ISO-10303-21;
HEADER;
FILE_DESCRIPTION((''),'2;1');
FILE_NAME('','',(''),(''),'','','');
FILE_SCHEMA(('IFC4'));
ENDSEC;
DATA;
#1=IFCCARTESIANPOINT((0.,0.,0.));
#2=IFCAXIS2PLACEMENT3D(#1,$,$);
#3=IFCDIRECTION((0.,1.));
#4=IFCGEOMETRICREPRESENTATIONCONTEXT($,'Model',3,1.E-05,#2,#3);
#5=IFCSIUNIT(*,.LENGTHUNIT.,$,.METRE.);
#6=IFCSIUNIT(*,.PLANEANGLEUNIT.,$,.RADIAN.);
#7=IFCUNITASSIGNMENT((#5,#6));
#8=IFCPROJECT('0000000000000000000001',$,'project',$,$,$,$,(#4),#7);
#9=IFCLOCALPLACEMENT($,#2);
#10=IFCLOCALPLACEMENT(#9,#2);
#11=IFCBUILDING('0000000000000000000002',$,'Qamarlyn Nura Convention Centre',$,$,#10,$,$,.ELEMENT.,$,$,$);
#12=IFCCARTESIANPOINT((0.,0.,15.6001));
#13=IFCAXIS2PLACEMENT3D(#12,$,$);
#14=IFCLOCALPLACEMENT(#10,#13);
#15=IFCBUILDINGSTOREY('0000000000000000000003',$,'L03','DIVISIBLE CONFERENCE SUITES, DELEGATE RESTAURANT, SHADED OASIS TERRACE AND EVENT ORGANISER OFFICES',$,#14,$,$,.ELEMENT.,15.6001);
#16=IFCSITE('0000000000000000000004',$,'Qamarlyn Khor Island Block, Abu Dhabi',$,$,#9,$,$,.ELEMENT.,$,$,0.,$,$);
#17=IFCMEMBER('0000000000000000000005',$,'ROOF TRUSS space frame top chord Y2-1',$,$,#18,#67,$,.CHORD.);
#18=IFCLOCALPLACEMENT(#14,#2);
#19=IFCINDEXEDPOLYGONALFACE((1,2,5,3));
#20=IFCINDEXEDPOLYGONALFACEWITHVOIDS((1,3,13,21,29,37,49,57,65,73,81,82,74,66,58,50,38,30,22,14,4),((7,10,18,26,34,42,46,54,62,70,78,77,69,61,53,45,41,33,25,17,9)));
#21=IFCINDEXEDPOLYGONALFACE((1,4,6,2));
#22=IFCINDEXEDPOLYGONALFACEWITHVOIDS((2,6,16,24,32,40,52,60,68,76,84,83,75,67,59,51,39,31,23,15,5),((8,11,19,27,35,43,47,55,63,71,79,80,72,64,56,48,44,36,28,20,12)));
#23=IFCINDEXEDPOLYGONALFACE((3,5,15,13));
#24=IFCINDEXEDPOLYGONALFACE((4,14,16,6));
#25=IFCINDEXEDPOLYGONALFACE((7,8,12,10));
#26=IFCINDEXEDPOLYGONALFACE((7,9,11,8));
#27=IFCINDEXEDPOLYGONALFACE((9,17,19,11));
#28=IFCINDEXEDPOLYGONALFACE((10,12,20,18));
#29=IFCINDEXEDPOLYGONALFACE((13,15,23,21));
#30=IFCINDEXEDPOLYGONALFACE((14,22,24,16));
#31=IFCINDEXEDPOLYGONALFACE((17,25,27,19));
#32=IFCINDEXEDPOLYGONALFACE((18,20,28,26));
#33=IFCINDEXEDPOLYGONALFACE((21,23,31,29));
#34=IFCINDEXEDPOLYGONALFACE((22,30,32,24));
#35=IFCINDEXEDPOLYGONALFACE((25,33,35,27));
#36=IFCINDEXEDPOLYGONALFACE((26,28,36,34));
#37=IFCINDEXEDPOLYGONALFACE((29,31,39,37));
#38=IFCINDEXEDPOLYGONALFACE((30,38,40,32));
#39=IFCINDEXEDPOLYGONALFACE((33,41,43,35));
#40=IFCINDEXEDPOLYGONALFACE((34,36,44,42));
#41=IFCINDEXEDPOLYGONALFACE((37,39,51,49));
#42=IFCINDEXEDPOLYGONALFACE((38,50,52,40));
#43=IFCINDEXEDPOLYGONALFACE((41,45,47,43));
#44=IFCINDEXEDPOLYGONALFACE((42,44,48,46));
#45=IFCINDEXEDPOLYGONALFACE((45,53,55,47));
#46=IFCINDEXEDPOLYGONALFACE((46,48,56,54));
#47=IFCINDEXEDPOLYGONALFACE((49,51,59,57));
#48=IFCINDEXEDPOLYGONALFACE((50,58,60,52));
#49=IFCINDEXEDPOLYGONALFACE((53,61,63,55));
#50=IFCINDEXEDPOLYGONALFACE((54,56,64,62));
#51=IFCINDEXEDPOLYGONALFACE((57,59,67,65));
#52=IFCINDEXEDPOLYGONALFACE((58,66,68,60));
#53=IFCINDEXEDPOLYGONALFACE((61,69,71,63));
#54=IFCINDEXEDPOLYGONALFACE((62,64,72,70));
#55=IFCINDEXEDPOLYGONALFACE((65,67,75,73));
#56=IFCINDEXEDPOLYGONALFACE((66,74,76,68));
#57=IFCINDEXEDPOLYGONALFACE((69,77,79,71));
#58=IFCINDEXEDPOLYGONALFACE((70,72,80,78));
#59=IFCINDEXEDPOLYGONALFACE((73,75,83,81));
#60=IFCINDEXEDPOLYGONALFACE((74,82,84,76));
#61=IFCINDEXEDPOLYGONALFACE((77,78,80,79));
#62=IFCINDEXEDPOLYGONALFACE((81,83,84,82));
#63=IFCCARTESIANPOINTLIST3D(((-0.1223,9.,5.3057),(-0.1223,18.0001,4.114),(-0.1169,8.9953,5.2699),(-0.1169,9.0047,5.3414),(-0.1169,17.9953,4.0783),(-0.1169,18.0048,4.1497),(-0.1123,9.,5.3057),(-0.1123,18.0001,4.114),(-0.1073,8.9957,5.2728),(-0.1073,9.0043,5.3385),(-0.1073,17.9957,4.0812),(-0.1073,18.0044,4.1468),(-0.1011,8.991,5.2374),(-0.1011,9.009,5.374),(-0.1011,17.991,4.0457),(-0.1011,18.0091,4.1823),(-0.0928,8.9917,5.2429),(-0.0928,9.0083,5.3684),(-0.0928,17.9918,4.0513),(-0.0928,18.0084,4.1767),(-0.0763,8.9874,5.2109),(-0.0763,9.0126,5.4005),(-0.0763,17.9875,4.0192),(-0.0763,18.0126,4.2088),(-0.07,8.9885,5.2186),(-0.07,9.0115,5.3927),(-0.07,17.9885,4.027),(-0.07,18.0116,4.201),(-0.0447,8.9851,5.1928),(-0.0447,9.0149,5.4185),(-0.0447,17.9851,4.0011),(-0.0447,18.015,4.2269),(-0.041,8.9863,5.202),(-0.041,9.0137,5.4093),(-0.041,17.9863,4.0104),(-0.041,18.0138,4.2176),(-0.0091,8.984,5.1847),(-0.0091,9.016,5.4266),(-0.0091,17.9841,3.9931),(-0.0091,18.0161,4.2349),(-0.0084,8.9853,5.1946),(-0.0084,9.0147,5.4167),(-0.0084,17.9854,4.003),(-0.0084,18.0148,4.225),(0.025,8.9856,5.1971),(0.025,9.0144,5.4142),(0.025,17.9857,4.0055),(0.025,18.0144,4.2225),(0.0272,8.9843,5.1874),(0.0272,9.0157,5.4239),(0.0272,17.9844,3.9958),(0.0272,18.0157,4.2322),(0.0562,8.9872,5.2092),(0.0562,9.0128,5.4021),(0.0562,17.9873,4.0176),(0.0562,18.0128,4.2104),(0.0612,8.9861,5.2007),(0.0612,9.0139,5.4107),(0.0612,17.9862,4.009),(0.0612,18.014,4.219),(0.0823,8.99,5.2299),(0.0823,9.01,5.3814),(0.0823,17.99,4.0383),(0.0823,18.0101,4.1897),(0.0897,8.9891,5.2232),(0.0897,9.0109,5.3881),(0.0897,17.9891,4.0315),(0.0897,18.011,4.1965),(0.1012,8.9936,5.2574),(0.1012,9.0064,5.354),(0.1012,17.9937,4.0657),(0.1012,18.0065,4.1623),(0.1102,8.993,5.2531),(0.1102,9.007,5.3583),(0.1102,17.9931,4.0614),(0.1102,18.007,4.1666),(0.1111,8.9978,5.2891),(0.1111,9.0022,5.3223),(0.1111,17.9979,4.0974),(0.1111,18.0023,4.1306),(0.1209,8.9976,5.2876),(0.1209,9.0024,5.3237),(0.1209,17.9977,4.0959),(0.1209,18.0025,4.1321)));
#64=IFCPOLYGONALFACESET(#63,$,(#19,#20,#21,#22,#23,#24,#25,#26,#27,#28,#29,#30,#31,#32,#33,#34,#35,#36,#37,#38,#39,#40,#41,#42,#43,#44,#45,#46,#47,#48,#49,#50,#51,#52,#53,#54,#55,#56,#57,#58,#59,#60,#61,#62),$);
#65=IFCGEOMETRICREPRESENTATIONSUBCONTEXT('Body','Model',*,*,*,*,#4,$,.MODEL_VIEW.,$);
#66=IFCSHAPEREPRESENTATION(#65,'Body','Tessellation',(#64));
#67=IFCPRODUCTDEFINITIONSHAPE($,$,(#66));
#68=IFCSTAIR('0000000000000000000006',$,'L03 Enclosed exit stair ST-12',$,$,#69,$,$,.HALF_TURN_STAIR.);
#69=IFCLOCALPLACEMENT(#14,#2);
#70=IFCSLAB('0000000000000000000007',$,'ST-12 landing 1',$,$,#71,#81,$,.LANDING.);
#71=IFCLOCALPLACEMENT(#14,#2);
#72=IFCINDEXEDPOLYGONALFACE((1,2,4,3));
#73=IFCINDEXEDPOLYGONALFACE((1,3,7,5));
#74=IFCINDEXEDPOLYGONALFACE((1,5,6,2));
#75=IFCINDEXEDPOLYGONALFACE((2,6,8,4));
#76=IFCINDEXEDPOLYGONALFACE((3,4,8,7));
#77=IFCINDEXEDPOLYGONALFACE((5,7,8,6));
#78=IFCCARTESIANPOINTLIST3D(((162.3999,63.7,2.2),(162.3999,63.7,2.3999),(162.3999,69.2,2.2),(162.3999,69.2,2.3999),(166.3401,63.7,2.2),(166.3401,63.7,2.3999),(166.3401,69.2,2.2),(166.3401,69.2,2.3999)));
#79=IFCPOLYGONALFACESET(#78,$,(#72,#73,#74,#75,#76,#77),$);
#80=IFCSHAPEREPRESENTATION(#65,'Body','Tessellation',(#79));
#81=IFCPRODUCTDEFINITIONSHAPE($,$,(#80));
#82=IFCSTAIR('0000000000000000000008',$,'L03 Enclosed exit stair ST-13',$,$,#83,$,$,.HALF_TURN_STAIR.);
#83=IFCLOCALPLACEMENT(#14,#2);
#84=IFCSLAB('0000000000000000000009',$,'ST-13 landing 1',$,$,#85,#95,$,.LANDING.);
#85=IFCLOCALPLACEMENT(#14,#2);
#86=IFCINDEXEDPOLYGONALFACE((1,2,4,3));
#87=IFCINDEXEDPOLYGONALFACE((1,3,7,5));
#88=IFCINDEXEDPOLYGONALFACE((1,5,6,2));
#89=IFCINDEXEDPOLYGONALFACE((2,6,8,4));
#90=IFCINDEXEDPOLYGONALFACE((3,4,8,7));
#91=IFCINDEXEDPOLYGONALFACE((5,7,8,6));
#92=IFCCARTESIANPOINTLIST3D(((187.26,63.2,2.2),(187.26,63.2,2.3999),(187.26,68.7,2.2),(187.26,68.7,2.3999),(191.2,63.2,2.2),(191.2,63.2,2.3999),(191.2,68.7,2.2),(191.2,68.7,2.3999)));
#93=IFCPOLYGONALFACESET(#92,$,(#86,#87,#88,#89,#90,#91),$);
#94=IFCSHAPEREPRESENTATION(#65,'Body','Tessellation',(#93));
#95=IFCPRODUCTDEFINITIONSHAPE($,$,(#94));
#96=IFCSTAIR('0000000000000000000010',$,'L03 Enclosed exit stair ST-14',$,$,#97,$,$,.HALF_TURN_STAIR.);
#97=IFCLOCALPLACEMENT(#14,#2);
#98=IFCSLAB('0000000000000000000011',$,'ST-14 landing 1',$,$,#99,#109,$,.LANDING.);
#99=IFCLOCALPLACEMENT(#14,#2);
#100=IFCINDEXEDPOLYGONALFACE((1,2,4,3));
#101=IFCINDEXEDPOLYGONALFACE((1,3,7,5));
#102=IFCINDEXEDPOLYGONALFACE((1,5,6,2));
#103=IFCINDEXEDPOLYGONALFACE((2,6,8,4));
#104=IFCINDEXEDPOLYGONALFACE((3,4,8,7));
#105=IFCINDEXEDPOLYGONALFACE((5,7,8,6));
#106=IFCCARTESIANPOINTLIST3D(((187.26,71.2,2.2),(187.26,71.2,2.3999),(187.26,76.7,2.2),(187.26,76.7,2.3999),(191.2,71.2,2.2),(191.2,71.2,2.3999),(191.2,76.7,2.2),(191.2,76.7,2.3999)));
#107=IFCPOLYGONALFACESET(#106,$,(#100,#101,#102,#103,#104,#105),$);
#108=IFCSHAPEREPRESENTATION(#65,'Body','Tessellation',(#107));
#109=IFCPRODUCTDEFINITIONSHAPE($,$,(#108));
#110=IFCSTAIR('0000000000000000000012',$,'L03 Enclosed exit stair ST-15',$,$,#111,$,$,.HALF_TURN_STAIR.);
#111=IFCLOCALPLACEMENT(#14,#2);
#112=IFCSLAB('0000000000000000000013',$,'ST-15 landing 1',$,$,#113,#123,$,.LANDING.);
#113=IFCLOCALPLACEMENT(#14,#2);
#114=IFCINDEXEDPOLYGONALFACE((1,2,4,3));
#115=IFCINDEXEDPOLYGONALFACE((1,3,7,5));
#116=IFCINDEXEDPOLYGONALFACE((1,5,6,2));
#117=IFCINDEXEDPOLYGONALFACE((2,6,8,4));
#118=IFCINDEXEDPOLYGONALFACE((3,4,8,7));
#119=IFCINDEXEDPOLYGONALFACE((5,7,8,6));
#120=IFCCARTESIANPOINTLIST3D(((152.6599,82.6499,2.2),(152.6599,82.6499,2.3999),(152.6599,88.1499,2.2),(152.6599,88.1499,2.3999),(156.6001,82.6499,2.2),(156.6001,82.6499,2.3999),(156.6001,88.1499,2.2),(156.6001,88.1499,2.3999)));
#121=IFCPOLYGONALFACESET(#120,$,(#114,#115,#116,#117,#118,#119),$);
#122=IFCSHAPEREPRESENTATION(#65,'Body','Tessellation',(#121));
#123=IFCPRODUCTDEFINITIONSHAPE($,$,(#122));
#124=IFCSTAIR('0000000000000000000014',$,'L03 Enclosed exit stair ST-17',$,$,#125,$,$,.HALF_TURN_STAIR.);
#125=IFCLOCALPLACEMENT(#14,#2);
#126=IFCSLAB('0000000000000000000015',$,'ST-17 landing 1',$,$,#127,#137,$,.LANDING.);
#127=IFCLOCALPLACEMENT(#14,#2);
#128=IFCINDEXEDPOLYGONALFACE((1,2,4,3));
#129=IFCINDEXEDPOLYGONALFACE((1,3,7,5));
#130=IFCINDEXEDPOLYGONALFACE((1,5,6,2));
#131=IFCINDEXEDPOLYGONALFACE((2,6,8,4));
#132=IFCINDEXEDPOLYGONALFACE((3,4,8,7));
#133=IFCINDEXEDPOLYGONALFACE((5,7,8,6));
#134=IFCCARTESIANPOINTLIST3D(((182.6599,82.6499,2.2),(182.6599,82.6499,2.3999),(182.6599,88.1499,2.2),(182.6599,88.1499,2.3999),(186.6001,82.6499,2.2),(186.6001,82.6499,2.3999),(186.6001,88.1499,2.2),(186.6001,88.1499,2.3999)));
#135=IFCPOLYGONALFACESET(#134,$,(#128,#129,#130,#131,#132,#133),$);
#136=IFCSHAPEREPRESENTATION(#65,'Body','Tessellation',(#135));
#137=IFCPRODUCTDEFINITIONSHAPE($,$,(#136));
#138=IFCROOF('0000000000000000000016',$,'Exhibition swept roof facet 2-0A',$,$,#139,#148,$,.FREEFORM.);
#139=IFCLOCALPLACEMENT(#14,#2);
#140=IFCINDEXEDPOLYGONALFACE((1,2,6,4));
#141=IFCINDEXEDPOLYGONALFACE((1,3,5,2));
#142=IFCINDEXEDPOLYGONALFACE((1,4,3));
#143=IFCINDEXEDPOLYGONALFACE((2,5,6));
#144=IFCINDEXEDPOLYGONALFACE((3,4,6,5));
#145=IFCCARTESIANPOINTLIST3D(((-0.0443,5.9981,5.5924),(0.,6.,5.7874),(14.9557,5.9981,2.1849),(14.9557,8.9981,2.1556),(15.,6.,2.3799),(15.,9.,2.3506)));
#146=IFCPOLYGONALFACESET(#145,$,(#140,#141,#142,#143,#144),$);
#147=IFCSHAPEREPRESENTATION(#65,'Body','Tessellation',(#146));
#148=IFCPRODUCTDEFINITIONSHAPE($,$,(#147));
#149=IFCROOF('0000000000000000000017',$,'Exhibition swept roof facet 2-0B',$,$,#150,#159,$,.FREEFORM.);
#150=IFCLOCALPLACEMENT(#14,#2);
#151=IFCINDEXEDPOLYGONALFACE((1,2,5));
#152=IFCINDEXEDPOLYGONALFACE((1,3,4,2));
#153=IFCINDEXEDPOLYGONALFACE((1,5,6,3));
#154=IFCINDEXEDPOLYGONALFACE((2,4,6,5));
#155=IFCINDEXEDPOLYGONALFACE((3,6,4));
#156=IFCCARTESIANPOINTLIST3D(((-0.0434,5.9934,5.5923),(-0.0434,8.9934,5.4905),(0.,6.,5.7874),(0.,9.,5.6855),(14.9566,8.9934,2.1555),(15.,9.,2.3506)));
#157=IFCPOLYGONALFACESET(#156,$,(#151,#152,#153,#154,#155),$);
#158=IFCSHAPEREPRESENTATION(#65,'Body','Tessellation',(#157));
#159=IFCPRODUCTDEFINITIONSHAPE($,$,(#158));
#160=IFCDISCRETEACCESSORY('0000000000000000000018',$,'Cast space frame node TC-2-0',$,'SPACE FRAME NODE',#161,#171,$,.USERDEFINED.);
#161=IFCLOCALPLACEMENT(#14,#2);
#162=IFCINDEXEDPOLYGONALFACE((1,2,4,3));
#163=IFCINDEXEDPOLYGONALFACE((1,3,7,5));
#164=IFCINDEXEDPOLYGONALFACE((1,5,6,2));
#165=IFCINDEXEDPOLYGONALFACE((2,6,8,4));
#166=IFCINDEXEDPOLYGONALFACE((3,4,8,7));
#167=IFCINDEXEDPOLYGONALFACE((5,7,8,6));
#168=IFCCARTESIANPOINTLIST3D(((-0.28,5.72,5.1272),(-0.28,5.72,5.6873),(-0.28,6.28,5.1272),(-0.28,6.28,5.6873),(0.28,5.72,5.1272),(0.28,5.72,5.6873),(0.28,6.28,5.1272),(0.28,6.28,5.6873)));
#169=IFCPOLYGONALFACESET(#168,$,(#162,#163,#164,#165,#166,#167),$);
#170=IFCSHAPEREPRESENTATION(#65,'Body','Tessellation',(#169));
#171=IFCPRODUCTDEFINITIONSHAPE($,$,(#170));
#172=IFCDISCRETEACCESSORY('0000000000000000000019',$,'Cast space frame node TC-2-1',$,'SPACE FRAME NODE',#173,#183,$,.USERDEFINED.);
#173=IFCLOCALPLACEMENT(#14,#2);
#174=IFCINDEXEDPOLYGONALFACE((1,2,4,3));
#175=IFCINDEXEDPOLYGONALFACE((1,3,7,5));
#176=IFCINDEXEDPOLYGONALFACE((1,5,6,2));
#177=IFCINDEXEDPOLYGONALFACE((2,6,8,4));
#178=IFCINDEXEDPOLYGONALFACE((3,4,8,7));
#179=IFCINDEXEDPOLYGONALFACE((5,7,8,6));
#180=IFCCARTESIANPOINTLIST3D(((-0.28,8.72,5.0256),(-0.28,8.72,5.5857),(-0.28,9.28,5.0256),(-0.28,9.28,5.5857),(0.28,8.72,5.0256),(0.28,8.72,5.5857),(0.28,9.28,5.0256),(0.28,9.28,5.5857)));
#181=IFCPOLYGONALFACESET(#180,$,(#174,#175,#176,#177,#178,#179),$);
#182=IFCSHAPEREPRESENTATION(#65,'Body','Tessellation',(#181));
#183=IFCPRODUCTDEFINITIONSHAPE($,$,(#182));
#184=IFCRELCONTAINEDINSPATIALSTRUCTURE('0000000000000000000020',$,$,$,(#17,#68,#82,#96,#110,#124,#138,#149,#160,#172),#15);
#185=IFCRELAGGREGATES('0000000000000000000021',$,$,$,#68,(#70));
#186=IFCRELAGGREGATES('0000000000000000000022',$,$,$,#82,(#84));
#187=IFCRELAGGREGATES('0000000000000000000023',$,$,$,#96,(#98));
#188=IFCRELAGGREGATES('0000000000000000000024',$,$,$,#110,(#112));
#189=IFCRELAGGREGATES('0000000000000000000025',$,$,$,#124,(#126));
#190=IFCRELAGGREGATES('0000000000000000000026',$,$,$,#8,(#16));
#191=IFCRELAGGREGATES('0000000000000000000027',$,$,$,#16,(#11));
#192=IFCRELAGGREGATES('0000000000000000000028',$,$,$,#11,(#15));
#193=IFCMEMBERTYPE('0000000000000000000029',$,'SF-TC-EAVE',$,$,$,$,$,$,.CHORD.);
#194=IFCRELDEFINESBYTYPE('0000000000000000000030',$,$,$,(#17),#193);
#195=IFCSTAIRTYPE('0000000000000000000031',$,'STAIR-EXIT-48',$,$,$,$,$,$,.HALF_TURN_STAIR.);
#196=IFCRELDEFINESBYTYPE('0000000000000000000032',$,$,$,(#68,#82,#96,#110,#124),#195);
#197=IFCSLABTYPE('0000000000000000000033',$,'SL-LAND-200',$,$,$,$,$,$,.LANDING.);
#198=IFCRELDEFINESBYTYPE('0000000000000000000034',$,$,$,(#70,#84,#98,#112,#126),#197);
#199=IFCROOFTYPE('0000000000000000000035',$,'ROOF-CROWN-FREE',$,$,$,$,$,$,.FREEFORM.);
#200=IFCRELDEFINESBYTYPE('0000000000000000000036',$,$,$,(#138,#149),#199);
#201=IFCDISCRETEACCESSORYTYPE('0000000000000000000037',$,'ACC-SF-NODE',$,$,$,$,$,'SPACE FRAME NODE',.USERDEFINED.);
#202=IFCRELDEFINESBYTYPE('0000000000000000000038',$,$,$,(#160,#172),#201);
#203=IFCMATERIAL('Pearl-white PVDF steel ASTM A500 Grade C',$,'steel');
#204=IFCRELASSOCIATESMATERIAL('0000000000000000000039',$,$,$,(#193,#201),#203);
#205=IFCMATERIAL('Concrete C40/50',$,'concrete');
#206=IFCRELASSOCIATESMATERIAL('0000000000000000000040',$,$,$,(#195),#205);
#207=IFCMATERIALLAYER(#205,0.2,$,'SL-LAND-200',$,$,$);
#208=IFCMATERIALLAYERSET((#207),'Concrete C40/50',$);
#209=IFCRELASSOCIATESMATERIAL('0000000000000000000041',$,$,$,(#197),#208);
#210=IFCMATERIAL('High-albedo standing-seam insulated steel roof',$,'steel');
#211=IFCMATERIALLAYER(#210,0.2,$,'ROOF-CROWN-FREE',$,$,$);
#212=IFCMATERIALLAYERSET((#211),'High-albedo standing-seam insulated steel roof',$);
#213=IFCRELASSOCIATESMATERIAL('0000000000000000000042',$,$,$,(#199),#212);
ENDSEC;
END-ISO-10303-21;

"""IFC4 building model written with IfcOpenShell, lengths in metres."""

from ifc_helpers import new_model, si_unit, direction, frame, origin, origin_2d, place, context, subcontext, project, spatial, polyline, rectangle, hollow_circle, outline, extrude, material, layer, layer_set, material_profile, profile_set, type_object, element, aggregate, save


model = new_model("IFC4")

# Units and contexts
model_context = context("Model", 3, precision=1e-05, world=origin(), true_north=direction((0.0, 1.0)))
body_context = subcontext(model_context, "Body", "Model", "MODEL_VIEW")
ifc_project = project(units=[si_unit("LENGTHUNIT", "METRE"), si_unit("PLANEANGLEUNIT", "RADIAN")], contexts=[model_context])

# Site, building, storey
site_placement = place(None, origin())
site = spatial("IfcSite", under=ifc_project, at=site_placement, Name="Qamarlyn Khor Island Block, Abu Dhabi", CompositionType="ELEMENT", RefElevation=0.0)
building_placement = place(site_placement, origin())
building = spatial("IfcBuilding", under=site, at=building_placement, Name="Qamarlyn Nura Convention Centre", CompositionType="ELEMENT")
storey_placement = place(building_placement, frame((0.0, 0.0, 15.6001)))
storey = spatial("IfcBuildingStorey", under=building, at=storey_placement, Name="L03", Description="DIVISIBLE CONFERENCE SUITES, DELEGATE RESTAURANT, SHADED OASIS TERRACE AND EVENT ORGANISER OFFICES", CompositionType="ELEMENT", Elevation=15.6001)

# Member
ifc_material_1 = material(Name="Pearl-white PVDF steel ASTM A500 Grade C", Category="steel")
ifc_material_profile = material_profile(ifc_material_1, hollow_circle(Radius=0.1223, WallThickness=0.01, at=origin_2d()), Name="CHS244.5X10")
ifc_profile_set = profile_set([ifc_material_profile], Name="Pearl-white PVDF steel ASTM A500 Grade C")
member_type = type_object("IfcMemberType", Name="SF-TC-EAVE", PredefinedType="CHORD", material=ifc_profile_set)
member_1_placement = place(storey_placement, frame((0.0, 9.0, 5.3057), z_axis=(0.0, 0.991348, -0.13126), x_axis=(-1.0, 0.0, 0.0)))
element("IfcMember", 1, at=member_1_placement, inside=storey, type_object=member_type, Name="ROOF TRUSS space frame top chord Y2-1", PredefinedType="CHORD", context=body_context, shape_type="SweptSolid", body=[
    extrude(hollow_circle(Radius=0.1223, WallThickness=0.01, at=origin_2d()), origin(), (0.0, 0.0, 1.0), 9.0786),
])

# Stairs, slabs
ifc_material_2 = material(Name="Concrete C40/50", Category="concrete")
stair_type = type_object("IfcStairType", Name="STAIR-EXIT-48", PredefinedType="HALF_TURN_STAIR", material=ifc_material_2)
stair_1_placement = place(storey_placement, origin())
stair_1 = element("IfcStair", 2, at=stair_1_placement, inside=storey, type_object=stair_type, Name="L03 Enclosed exit stair ST-12", PredefinedType="HALF_TURN_STAIR")
ifc_layer_1 = layer(ifc_material_2, 0.2, Name="SL-LAND-200")
ifc_layer_set_1 = layer_set([ifc_layer_1], Name="Concrete C40/50")
slab_type = type_object("IfcSlabType", Name="SL-LAND-200", PredefinedType="LANDING", material=ifc_layer_set_1)
slab_1_placement = place(storey_placement, frame((0.0, 0.0, 2.2)))
slab_1 = element("IfcSlab", 3, at=slab_1_placement, type_object=slab_type, Name="ST-12 landing 1", PredefinedType="LANDING", context=body_context, shape_type="SweptSolid", body=[
    extrude(outline(polyline([(166.3401, 69.2), (162.3999, 69.2), (162.3999, 63.7), (166.3401, 63.7), (166.3401, 69.2)])), origin(), (0.0, 0.0, 1.0), 0.2),
])
aggregate(stair_1, [slab_1])
stair_2_placement = place(storey_placement, origin())
stair_2 = element("IfcStair", 4, at=stair_2_placement, inside=storey, type_object=stair_type, Name="L03 Enclosed exit stair ST-13", PredefinedType="HALF_TURN_STAIR")
slab_2_placement = place(storey_placement, frame((0.0, 0.0, 2.2)))
slab_2 = element("IfcSlab", 5, at=slab_2_placement, type_object=slab_type, Name="ST-13 landing 1", PredefinedType="LANDING", context=body_context, shape_type="SweptSolid", body=[
    extrude(outline(polyline([(187.26, 63.2), (191.2, 63.2), (191.2, 68.7), (187.26, 68.7), (187.26, 63.2)])), origin(), (0.0, 0.0, 1.0), 0.2),
])
aggregate(stair_2, [slab_2])
stair_3_placement = place(storey_placement, origin())
stair_3 = element("IfcStair", 6, at=stair_3_placement, inside=storey, type_object=stair_type, Name="L03 Enclosed exit stair ST-14", PredefinedType="HALF_TURN_STAIR")
slab_3_placement = place(storey_placement, frame((0.0, 0.0, 2.2)))
slab_3 = element("IfcSlab", 7, at=slab_3_placement, type_object=slab_type, Name="ST-14 landing 1", PredefinedType="LANDING", context=body_context, shape_type="SweptSolid", body=[
    extrude(outline(polyline([(187.26, 71.2), (191.2, 71.2), (191.2, 76.7), (187.26, 76.7), (187.26, 71.2)])), origin(), (0.0, 0.0, 1.0), 0.2),
])
aggregate(stair_3, [slab_3])
stair_4_placement = place(storey_placement, origin())
stair_4 = element("IfcStair", 8, at=stair_4_placement, inside=storey, type_object=stair_type, Name="L03 Enclosed exit stair ST-15", PredefinedType="HALF_TURN_STAIR")
slab_4_placement = place(storey_placement, frame((0.0, 0.0, 2.2)))
slab_4 = element("IfcSlab", 9, at=slab_4_placement, type_object=slab_type, Name="ST-15 landing 1", PredefinedType="LANDING", context=body_context, shape_type="SweptSolid", body=[
    extrude(outline(polyline([(152.6599, 82.6499), (156.6001, 82.6499), (156.6001, 88.1499), (152.6599, 88.1499), (152.6599, 82.6499)])), origin(), (0.0, 0.0, 1.0), 0.2),
])
aggregate(stair_4, [slab_4])
stair_5_placement = place(storey_placement, origin())
stair_5 = element("IfcStair", 10, at=stair_5_placement, inside=storey, type_object=stair_type, Name="L03 Enclosed exit stair ST-17", PredefinedType="HALF_TURN_STAIR")
slab_5_placement = place(storey_placement, frame((0.0, 0.0, 2.2)))
slab_5 = element("IfcSlab", 11, at=slab_5_placement, type_object=slab_type, Name="ST-17 landing 1", PredefinedType="LANDING", context=body_context, shape_type="SweptSolid", body=[
    extrude(outline(polyline([(182.6599, 82.6499), (186.6001, 82.6499), (186.6001, 88.1499), (182.6599, 88.1499), (182.6599, 82.6499)])), origin(), (0.0, 0.0, 1.0), 0.2),
])
aggregate(stair_5, [slab_5])

# Roofs
ifc_material_3 = material(Name="High-albedo standing-seam insulated steel roof", Category="steel")
ifc_layer_2 = layer(ifc_material_3, 0.2, Name="ROOF-CROWN-FREE")
ifc_layer_set_2 = layer_set([ifc_layer_2], Name="High-albedo standing-seam insulated steel roof")
roof_type = type_object("IfcRoofType", Name="ROOF-CROWN-FREE", PredefinedType="FREEFORM", material=ifc_layer_set_2)
roof_1_placement = place(storey_placement, frame((0.0, 6.0, 5.7874), z_axis=(0.221511, 0.009523, 0.975111), x_axis=(0.975156, 0.0, -0.221521)))
element("IfcRoof", 12, at=roof_1_placement, inside=storey, type_object=roof_type, Name="Exhibition swept roof facet 2-0A", PredefinedType="FREEFORM", context=body_context, shape_type="SweptSolid", body=[
    extrude(outline(polyline([(0.0, 0.0), (15.3822, 0.0), (15.3887, 3.0001), (0.0, 0.0)])), origin(), (0.0, 0.0, -1.0), 0.2),
])
roof_2_placement = place(storey_placement, frame((0.0, 6.0, 5.7874), z_axis=(0.216912, 0.033109, 0.975629), x_axis=(0.956732, 0.191346, -0.219204)))
element("IfcRoof", 13, at=roof_2_placement, inside=storey, type_object=roof_type, Name="Exhibition swept roof facet 2-0B", PredefinedType="FREEFORM", context=body_context, shape_type="SweptSolid", body=[
    extrude(outline(polyline([(0.0, 0.0), (15.6784, 0.0), (0.5964, 2.9419), (0.0, 0.0)])), origin(), (0.0, 0.0, -1.0), 0.2),
])

# Discrete accessories
discrete_accessory_type = type_object("IfcDiscreteAccessoryType", Name="ACC-SF-NODE", ElementType="SPACE FRAME NODE", PredefinedType="USERDEFINED", material=ifc_material_1)
for number, where, z_axis, x_axis, name in (
    (14, (0.0, 6.0, 5.1272), (0.0, 0.0, 1.0), (1.0, 0.0, 0.0), "Cast space frame node TC-2-0"),
    (15, (0.0, 9.0, 5.0256), (0.0, 0.0, 1.0), (1.0, 0.0, 0.0), "Cast space frame node TC-2-1"),
):
    element("IfcDiscreteAccessory", number, at=place(storey_placement, frame(where, z_axis=z_axis, x_axis=x_axis)), inside=storey, type_object=discrete_accessory_type, Name=name, ObjectType="SPACE FRAME NODE", PredefinedType="USERDEFINED", context=body_context, shape_type="SweptSolid", body=[
        extrude(rectangle(XDim=0.5601, YDim=0.5601, at=origin_2d()), origin(), (0.0, 0.0, 1.0), 0.5601),
    ])

save(model, "model.ifc")
